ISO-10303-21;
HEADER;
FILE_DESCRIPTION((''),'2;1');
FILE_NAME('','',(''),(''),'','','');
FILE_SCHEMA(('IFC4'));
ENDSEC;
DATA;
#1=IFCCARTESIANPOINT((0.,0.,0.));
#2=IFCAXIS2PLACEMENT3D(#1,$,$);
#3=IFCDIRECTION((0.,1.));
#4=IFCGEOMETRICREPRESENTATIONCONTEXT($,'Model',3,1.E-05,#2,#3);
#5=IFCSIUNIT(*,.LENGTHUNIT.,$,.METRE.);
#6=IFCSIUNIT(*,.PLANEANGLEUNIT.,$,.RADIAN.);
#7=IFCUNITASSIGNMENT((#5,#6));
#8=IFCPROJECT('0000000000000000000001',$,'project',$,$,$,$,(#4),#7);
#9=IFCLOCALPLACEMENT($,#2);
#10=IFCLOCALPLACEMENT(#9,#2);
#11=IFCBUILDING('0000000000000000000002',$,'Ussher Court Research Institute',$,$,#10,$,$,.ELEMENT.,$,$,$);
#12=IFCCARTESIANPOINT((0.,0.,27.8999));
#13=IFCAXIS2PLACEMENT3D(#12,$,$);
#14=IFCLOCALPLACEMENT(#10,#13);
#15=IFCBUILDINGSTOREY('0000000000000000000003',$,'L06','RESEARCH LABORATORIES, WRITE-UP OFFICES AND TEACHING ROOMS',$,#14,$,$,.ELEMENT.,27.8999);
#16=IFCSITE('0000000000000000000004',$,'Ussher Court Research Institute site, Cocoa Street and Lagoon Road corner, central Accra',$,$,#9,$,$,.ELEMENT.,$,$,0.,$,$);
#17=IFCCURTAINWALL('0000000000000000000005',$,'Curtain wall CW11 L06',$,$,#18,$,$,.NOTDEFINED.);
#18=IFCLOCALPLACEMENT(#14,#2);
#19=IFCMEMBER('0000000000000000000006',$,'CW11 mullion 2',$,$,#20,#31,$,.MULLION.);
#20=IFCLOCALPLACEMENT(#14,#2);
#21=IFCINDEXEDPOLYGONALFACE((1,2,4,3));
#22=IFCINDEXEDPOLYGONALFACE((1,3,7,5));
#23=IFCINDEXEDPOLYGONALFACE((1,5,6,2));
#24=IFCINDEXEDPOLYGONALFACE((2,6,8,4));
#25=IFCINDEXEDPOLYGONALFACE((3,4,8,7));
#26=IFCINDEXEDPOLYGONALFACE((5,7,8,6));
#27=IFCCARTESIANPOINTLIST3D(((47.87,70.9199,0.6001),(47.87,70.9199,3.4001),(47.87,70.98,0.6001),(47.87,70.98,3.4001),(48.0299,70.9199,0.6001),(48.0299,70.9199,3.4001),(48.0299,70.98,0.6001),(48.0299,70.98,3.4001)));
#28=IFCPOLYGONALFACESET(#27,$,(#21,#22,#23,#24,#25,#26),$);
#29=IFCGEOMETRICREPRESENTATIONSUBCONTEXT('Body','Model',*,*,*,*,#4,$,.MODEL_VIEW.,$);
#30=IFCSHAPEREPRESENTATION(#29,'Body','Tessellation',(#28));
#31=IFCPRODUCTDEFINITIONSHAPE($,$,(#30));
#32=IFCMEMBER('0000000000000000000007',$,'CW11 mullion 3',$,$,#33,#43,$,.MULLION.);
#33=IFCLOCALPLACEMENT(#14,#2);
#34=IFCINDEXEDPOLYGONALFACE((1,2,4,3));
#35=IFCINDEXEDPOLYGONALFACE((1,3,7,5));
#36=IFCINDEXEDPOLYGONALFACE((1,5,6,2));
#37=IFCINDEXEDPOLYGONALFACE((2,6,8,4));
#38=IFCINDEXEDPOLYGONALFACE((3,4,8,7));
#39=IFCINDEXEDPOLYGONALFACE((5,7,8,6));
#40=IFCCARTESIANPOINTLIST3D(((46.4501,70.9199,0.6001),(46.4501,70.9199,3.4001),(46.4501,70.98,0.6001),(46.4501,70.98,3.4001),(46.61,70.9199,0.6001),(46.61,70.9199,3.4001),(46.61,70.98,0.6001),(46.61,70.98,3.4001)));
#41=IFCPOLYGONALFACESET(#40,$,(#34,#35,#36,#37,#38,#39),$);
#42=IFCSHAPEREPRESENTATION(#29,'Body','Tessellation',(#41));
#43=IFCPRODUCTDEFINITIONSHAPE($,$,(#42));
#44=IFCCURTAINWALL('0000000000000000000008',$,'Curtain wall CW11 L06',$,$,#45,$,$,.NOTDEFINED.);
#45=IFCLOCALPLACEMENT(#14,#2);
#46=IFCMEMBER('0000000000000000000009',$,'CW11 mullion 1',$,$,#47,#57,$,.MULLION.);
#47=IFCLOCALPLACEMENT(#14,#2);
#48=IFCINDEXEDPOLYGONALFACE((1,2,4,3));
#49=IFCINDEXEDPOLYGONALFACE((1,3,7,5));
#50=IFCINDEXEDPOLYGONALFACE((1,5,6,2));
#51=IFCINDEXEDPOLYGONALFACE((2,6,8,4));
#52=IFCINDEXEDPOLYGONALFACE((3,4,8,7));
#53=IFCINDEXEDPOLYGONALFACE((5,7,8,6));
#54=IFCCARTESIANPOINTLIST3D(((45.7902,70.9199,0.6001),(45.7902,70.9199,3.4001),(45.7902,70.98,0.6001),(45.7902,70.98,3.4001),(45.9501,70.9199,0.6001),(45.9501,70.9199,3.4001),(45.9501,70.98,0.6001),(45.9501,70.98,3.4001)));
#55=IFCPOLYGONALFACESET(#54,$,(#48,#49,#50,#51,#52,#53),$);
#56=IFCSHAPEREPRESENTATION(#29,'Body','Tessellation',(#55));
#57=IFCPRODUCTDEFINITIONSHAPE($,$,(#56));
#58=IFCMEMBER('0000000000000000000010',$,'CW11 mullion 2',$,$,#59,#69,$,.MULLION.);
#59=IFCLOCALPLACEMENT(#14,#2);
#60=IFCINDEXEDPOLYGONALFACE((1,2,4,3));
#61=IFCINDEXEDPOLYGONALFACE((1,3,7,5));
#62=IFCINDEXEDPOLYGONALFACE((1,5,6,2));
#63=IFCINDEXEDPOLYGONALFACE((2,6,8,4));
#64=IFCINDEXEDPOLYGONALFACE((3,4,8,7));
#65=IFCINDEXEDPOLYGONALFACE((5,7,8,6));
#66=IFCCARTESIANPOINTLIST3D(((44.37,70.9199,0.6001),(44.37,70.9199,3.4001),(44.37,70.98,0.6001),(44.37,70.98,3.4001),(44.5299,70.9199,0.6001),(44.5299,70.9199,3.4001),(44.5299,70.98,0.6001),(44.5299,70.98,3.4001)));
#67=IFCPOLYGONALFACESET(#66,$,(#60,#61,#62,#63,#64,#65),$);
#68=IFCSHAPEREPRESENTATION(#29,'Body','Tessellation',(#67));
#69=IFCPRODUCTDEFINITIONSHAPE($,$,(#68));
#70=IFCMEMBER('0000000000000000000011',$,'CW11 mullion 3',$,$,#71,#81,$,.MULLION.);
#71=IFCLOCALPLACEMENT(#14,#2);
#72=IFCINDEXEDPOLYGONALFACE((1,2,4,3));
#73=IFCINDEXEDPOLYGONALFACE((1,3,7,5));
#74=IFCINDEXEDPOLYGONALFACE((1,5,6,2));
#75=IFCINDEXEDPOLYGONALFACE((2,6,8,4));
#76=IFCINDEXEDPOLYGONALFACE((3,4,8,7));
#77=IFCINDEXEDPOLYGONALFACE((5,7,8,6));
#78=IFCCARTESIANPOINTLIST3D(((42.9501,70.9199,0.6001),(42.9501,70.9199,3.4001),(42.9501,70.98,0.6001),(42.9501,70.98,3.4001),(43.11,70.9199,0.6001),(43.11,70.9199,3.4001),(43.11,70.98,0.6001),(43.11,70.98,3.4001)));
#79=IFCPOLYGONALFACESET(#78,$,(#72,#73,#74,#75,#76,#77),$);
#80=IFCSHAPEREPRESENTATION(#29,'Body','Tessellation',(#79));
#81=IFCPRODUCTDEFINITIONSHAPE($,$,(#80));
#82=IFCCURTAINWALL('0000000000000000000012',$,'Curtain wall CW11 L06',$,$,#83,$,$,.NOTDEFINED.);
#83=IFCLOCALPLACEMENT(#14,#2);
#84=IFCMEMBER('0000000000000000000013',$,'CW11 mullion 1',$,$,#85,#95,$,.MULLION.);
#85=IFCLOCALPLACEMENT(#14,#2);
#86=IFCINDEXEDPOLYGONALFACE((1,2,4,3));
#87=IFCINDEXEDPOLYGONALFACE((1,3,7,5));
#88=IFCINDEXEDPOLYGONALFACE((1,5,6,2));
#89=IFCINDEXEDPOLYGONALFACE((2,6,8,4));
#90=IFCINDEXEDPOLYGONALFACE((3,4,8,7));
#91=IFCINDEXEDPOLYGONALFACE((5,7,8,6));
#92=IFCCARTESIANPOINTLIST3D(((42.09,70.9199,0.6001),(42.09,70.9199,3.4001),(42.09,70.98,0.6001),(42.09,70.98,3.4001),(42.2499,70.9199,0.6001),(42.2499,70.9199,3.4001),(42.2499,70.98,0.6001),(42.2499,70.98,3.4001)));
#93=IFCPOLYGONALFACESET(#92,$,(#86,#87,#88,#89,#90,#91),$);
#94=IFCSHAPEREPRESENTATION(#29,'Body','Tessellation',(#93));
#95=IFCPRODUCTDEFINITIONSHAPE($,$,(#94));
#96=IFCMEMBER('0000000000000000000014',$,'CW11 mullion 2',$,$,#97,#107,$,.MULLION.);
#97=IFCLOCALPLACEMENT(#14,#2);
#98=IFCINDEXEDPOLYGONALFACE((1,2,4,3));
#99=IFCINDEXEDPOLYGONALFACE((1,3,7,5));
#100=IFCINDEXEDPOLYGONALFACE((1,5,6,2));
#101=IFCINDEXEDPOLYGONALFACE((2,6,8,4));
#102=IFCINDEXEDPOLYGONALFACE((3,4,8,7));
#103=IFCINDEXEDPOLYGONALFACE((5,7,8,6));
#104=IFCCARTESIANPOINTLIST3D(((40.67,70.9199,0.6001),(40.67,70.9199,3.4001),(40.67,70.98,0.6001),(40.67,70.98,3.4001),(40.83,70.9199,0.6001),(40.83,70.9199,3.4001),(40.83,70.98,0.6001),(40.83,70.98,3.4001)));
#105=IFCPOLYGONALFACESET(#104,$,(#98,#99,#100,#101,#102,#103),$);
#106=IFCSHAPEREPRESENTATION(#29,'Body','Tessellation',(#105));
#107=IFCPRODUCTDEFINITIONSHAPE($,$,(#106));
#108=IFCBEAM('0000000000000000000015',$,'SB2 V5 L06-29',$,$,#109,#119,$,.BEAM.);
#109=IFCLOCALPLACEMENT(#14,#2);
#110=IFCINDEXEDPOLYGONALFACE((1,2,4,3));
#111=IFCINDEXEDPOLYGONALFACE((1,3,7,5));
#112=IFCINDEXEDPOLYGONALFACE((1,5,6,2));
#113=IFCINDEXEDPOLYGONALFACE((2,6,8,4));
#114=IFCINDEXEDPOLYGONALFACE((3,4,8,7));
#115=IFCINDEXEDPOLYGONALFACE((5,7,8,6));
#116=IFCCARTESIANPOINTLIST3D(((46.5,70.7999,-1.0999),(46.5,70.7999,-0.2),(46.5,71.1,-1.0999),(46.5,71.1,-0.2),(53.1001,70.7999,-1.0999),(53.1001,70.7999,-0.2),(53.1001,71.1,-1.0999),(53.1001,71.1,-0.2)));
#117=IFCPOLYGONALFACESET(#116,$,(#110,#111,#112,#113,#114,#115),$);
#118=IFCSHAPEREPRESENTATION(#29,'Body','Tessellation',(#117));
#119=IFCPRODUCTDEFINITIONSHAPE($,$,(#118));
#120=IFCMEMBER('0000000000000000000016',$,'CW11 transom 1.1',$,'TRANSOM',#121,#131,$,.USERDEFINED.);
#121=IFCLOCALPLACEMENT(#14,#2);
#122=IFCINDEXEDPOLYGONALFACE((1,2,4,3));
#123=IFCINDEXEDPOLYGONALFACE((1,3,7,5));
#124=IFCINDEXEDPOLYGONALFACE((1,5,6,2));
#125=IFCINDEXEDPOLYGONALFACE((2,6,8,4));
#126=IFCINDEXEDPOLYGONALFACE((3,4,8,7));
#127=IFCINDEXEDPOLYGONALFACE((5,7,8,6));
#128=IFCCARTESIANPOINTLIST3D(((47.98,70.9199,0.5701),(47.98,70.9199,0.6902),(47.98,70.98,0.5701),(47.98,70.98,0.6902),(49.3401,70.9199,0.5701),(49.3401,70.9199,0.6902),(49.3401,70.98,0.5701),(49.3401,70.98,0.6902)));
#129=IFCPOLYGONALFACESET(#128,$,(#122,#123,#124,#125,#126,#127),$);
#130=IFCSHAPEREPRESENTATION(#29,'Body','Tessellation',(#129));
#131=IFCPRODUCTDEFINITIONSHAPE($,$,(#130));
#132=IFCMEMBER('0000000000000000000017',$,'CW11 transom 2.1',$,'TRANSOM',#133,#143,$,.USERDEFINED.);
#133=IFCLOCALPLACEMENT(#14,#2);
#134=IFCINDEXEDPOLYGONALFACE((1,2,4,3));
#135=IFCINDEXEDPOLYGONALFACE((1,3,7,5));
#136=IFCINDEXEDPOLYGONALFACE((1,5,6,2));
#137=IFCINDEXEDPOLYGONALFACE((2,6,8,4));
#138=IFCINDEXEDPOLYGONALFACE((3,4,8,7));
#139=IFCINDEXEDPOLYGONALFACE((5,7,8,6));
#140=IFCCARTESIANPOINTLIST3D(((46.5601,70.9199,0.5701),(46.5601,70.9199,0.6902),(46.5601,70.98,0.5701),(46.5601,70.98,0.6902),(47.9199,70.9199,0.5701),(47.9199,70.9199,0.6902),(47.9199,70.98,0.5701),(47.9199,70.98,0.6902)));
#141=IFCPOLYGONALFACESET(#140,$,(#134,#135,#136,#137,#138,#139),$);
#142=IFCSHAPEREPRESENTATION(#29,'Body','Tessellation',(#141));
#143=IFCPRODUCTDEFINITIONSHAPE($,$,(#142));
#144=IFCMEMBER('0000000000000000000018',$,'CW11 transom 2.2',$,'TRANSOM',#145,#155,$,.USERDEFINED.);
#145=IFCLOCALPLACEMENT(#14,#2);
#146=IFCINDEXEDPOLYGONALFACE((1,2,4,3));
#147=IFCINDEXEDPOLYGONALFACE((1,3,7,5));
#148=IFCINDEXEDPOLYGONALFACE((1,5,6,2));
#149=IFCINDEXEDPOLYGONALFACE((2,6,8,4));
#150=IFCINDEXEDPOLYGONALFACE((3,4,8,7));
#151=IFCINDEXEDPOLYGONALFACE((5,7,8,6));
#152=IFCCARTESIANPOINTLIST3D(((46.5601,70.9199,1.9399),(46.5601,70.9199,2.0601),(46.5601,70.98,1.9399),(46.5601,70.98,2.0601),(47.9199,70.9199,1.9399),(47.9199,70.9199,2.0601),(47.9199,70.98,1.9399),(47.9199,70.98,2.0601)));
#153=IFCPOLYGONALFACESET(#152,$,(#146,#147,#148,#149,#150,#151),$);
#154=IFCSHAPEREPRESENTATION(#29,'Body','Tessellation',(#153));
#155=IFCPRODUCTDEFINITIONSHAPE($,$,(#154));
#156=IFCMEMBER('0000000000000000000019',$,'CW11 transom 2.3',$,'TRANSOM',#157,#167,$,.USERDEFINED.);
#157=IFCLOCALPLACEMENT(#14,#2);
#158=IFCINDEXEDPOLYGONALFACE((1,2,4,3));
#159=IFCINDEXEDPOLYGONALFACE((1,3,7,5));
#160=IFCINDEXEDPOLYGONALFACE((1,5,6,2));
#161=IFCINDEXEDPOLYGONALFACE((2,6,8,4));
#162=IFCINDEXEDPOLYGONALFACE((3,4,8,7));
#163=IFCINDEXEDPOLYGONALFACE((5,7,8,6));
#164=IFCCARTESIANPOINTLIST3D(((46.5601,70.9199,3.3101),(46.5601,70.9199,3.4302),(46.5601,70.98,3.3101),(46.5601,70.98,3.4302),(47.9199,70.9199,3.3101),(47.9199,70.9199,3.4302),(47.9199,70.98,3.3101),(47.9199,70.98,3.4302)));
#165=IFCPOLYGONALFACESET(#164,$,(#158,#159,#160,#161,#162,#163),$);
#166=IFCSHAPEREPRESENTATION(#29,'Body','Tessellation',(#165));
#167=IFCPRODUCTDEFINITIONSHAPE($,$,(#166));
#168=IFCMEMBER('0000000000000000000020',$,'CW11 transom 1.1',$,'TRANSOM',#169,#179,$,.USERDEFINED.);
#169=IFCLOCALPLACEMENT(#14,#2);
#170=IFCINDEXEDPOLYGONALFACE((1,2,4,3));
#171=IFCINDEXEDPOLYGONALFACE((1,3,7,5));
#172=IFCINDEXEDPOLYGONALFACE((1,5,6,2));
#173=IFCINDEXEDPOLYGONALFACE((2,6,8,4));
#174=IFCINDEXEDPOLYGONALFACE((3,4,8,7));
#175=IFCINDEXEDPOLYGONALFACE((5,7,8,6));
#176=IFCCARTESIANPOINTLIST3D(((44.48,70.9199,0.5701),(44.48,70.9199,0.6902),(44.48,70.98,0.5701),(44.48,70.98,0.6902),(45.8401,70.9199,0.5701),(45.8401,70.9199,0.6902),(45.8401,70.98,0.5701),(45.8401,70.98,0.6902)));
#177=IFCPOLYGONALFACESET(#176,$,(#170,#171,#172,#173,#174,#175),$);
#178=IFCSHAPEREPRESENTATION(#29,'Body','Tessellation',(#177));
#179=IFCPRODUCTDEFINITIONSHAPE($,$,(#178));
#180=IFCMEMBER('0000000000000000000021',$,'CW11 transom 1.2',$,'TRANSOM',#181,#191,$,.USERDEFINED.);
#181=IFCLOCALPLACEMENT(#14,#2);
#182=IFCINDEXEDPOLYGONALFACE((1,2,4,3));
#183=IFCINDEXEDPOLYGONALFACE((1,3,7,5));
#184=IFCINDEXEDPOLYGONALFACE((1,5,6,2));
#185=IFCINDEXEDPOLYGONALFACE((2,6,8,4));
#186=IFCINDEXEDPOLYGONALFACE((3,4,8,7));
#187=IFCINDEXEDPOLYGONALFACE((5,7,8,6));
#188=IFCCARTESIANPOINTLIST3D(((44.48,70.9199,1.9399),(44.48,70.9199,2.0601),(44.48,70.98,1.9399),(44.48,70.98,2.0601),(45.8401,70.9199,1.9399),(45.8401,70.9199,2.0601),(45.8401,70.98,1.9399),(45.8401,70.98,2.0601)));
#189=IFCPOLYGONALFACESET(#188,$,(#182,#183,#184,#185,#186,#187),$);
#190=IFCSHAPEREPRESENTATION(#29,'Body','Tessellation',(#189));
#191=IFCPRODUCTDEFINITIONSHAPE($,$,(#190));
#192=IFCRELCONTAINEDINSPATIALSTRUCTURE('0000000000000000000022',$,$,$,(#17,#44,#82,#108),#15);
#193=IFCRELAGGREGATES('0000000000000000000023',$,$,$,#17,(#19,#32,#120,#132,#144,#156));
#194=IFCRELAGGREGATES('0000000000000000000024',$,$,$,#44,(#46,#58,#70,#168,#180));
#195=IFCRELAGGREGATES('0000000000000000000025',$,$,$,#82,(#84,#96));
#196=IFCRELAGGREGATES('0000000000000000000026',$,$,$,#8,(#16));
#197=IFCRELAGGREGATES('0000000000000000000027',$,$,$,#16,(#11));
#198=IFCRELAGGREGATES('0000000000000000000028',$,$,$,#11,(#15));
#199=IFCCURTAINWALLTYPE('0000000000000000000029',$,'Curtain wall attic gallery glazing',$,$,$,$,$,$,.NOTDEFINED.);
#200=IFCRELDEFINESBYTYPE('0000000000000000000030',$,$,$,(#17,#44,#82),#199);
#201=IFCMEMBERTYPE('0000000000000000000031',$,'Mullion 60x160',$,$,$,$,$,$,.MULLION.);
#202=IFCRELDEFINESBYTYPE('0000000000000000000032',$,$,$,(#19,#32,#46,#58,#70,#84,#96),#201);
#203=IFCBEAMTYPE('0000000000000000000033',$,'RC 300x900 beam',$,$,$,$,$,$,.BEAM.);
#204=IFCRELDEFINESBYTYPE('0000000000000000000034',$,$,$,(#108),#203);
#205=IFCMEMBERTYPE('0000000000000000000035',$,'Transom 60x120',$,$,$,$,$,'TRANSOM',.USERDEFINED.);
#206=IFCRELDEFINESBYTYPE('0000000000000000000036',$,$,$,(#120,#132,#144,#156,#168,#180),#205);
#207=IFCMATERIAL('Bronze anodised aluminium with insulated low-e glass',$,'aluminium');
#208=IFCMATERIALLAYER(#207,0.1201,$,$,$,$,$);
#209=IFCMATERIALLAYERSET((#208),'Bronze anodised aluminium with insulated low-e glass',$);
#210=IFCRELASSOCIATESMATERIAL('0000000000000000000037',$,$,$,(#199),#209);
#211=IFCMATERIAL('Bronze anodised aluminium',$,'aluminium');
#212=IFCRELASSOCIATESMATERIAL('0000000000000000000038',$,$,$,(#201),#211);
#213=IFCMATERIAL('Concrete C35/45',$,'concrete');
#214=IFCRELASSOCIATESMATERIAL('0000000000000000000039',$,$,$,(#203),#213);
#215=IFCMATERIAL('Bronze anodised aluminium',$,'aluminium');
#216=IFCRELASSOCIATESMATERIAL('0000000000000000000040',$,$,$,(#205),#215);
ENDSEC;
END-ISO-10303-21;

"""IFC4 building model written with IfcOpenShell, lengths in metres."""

from ifc_helpers import new_model, si_unit, direction, frame, origin, origin_2d, place, context, subcontext, project, spatial, rectangle, extrude, material, layer, layer_set, material_profile, profile_set, type_object, element, aggregate, save


model = new_model("IFC4")

# Units and contexts
model_context = context("Model", 3, precision=1e-05, world=origin(), true_north=direction((0.0, 1.0)))
body_context = subcontext(model_context, "Body", "Model", "MODEL_VIEW")
ifc_project = project(units=[si_unit("LENGTHUNIT", "METRE"), si_unit("PLANEANGLEUNIT", "RADIAN")], contexts=[model_context])

# Site, building, storey
site_placement = place(None, origin())
site = spatial("IfcSite", under=ifc_project, at=site_placement, Name="Ussher Court Research Institute site, Cocoa Street and Lagoon Road corner, central Accra", CompositionType="ELEMENT", RefElevation=0.0)
building_placement = place(site_placement, origin())
building = spatial("IfcBuilding", under=site, at=building_placement, Name="Ussher Court Research Institute", CompositionType="ELEMENT")
storey_placement = place(building_placement, frame((0.0, 0.0, 27.8999)))
storey = spatial("IfcBuildingStorey", under=building, at=storey_placement, Name="L06", Description="RESEARCH LABORATORIES, WRITE-UP OFFICES AND TEACHING ROOMS", CompositionType="ELEMENT", Elevation=27.8999)

# Curtain walls, members
ifc_material_1 = material(Name="Bronze anodised aluminium with insulated low-e glass", Category="aluminium")
ifc_layer_1 = layer(ifc_material_1, 0.1201)
ifc_layer_set_1 = layer_set([ifc_layer_1], Name="Bronze anodised aluminium with insulated low-e glass")
curtain_wall_type = type_object("IfcCurtainWallType", Name="Curtain wall attic gallery glazing", PredefinedType="NOTDEFINED", material=ifc_layer_set_1)
curtain_wall_1_placement = place(storey_placement, origin())
curtain_wall_1 = element("IfcCurtainWall", 1, at=curtain_wall_1_placement, inside=storey, type_object=curtain_wall_type, Name="Curtain wall CW11 L06", PredefinedType="NOTDEFINED")
ifc_material_2 = material(Name="Bronze anodised aluminium", Category="aluminium")
ifc_material_profile_1 = material_profile(ifc_material_2, rectangle(XDim=0.0601, YDim=0.1599, at=origin_2d()), Name="Mullion 60x160")
ifc_profile_set_1 = profile_set([ifc_material_profile_1], Name="Bronze anodised aluminium")
member_type_1 = type_object("IfcMemberType", Name="Mullion 60x160", PredefinedType="MULLION", material=ifc_profile_set_1)
member_1_placement = place(storey_placement, frame((47.95, 70.95, 0.6001), z_axis=(0.0, 0.0, 1.0), x_axis=(0.0, -1.0, 0.0)))
member_1 = element("IfcMember", 2, at=member_1_placement, type_object=member_type_1, Name="CW11 mullion 2", PredefinedType="MULLION", context=body_context, shape_type="SweptSolid", body=[
    extrude(rectangle(XDim=0.0601, YDim=0.1599, at=origin_2d()), origin(), (0.0, 0.0, 1.0), 2.8),
])
member_2_placement = place(storey_placement, frame((46.53, 70.95, 0.6001), z_axis=(0.0, 0.0, 1.0), x_axis=(0.0, -1.0, 0.0)))
member_2 = element("IfcMember", 3, at=member_2_placement, type_object=member_type_1, Name="CW11 mullion 3", PredefinedType="MULLION", context=body_context, shape_type="SweptSolid", body=[
    extrude(rectangle(XDim=0.0601, YDim=0.1599, at=origin_2d()), origin(), (0.0, 0.0, 1.0), 2.8),
])
curtain_wall_2_placement = place(storey_placement, origin())
curtain_wall_2 = element("IfcCurtainWall", 4, at=curtain_wall_2_placement, inside=storey, type_object=curtain_wall_type, Name="Curtain wall CW11 L06", PredefinedType="NOTDEFINED")
member_3_placement = place(storey_placement, frame((45.8701, 70.95, 0.6001), z_axis=(0.0, 0.0, 1.0), x_axis=(0.0, -1.0, 0.0)))
member_3 = element("IfcMember", 5, at=member_3_placement, type_object=member_type_1, Name="CW11 mullion 1", PredefinedType="MULLION", context=body_context, shape_type="SweptSolid", body=[
    extrude(rectangle(XDim=0.0601, YDim=0.1599, at=origin_2d()), origin(), (0.0, 0.0, 1.0), 2.8),
])
member_4_placement = place(storey_placement, frame((44.45, 70.95, 0.6001), z_axis=(0.0, 0.0, 1.0), x_axis=(0.0, -1.0, 0.0)))
member_4 = element("IfcMember", 6, at=member_4_placement, type_object=member_type_1, Name="CW11 mullion 2", PredefinedType="MULLION", context=body_context, shape_type="SweptSolid", body=[
    extrude(rectangle(XDim=0.0601, YDim=0.1599, at=origin_2d()), origin(), (0.0, 0.0, 1.0), 2.8),
])
member_5_placement = place(storey_placement, frame((43.03, 70.95, 0.6001), z_axis=(0.0, 0.0, 1.0), x_axis=(0.0, -1.0, 0.0)))
member_5 = element("IfcMember", 7, at=member_5_placement, type_object=member_type_1, Name="CW11 mullion 3", PredefinedType="MULLION", context=body_context, shape_type="SweptSolid", body=[
    extrude(rectangle(XDim=0.0601, YDim=0.1599, at=origin_2d()), origin(), (0.0, 0.0, 1.0), 2.8),
])
curtain_wall_3_placement = place(storey_placement, origin())
curtain_wall_3 = element("IfcCurtainWall", 8, at=curtain_wall_3_placement, inside=storey, type_object=curtain_wall_type, Name="Curtain wall CW11 L06", PredefinedType="NOTDEFINED")
member_6_placement = place(storey_placement, frame((42.1699, 70.95, 0.6001), z_axis=(0.0, 0.0, 1.0), x_axis=(0.0, -1.0, 0.0)))
member_6 = element("IfcMember", 9, at=member_6_placement, type_object=member_type_1, Name="CW11 mullion 1", PredefinedType="MULLION", context=body_context, shape_type="SweptSolid", body=[
    extrude(rectangle(XDim=0.0601, YDim=0.1599, at=origin_2d()), origin(), (0.0, 0.0, 1.0), 2.8),
])
member_7_placement = place(storey_placement, frame((40.75, 70.95, 0.6001), z_axis=(0.0, 0.0, 1.0), x_axis=(0.0, -1.0, 0.0)))
member_7 = element("IfcMember", 10, at=member_7_placement, type_object=member_type_1, Name="CW11 mullion 2", PredefinedType="MULLION", context=body_context, shape_type="SweptSolid", body=[
    extrude(rectangle(XDim=0.0601, YDim=0.1599, at=origin_2d()), origin(), (0.0, 0.0, 1.0), 2.8),
])

# Beam
ifc_material_3 = material(Name="Concrete C35/45", Category="concrete")
ifc_material_profile_2 = material_profile(ifc_material_3, rectangle(XDim=0.3, YDim=0.8999, at=origin_2d()), Name="RC 300x900")
ifc_profile_set_2 = profile_set([ifc_material_profile_2], Name="Concrete C35/45")
beam_type = type_object("IfcBeamType", Name="RC 300x900 beam", PredefinedType="BEAM", material=ifc_profile_set_2)
beam_placement = place(storey_placement, frame((46.5, 70.95, -0.6499), z_axis=(1.0, 0.0, 0.0), x_axis=(0.0, 1.0, 0.0)))
element("IfcBeam", 11, at=beam_placement, inside=storey, type_object=beam_type, Name="SB2 V5 L06-29", PredefinedType="BEAM", context=body_context, shape_type="SweptSolid", body=[
    extrude(rectangle(XDim=0.3, YDim=0.8999, at=origin_2d()), origin(), (0.0, 0.0, 1.0), 6.6001),
])

# Members
ifc_material_4 = material(Name="Bronze anodised aluminium", Category="aluminium")
ifc_material_profile_3 = material_profile(ifc_material_4, rectangle(XDim=0.0601, YDim=0.1201, at=origin_2d()), Name="Transom 60x120")
ifc_profile_set_3 = profile_set([ifc_material_profile_3], Name="Bronze anodised aluminium")
member_type_2 = type_object("IfcMemberType", Name="Transom 60x120", ElementType="TRANSOM", PredefinedType="USERDEFINED", material=ifc_profile_set_3)
member_8_placement = place(storey_placement, frame((49.3401, 70.95, 0.6301), z_axis=(-1.0, 0.0, 0.0), x_axis=(0.0, -1.0, 0.0)))
member_8 = element("IfcMember", 12, at=member_8_placement, type_object=member_type_2, Name="CW11 transom 1.1", ObjectType="TRANSOM", PredefinedType="USERDEFINED", context=body_context, shape_type="SweptSolid", body=[
    extrude(rectangle(XDim=0.0601, YDim=0.1201, at=origin_2d()), origin(), (0.0, 0.0, 1.0), 1.3601),
])
member_9_placement = place(storey_placement, frame((47.9199, 70.95, 0.6301), z_axis=(-1.0, 0.0, 0.0), x_axis=(0.0, -1.0, 0.0)))
member_9 = element("IfcMember", 13, at=member_9_placement, type_object=member_type_2, Name="CW11 transom 2.1", ObjectType="TRANSOM", PredefinedType="USERDEFINED", context=body_context, shape_type="SweptSolid", body=[
    extrude(rectangle(XDim=0.0601, YDim=0.1201, at=origin_2d()), origin(), (0.0, 0.0, 1.0), 1.3599),
])
member_10_placement = place(storey_placement, frame((47.9199, 70.95, 2.0), z_axis=(-1.0, 0.0, 0.0), x_axis=(0.0, -1.0, 0.0)))
member_10 = element("IfcMember", 14, at=member_10_placement, type_object=member_type_2, Name="CW11 transom 2.2", ObjectType="TRANSOM", PredefinedType="USERDEFINED", context=body_context, shape_type="SweptSolid", body=[
    extrude(rectangle(XDim=0.0601, YDim=0.1201, at=origin_2d()), origin(), (0.0, 0.0, 1.0), 1.3599),
])
member_11_placement = place(storey_placement, frame((47.9199, 70.95, 3.3701), z_axis=(-1.0, 0.0, 0.0), x_axis=(0.0, -1.0, 0.0)))
member_11 = element("IfcMember", 15, at=member_11_placement, type_object=member_type_2, Name="CW11 transom 2.3", ObjectType="TRANSOM", PredefinedType="USERDEFINED", context=body_context, shape_type="SweptSolid", body=[
    extrude(rectangle(XDim=0.0601, YDim=0.1201, at=origin_2d()), origin(), (0.0, 0.0, 1.0), 1.3599),
])
member_12_placement = place(storey_placement, frame((45.8401, 70.95, 0.6301), z_axis=(-1.0, 0.0, 0.0), x_axis=(0.0, -1.0, 0.0)))
member_12 = element("IfcMember", 16, at=member_12_placement, type_object=member_type_2, Name="CW11 transom 1.1", ObjectType="TRANSOM", PredefinedType="USERDEFINED", context=body_context, shape_type="SweptSolid", body=[
    extrude(rectangle(XDim=0.0601, YDim=0.1201, at=origin_2d()), origin(), (0.0, 0.0, 1.0), 1.3601),
])
member_13_placement = place(storey_placement, frame((45.8401, 70.95, 2.0), z_axis=(-1.0, 0.0, 0.0), x_axis=(0.0, -1.0, 0.0)))
member_13 = element("IfcMember", 17, at=member_13_placement, type_object=member_type_2, Name="CW11 transom 1.2", ObjectType="TRANSOM", PredefinedType="USERDEFINED", context=body_context, shape_type="SweptSolid", body=[
    extrude(rectangle(XDim=0.0601, YDim=0.1201, at=origin_2d()), origin(), (0.0, 0.0, 1.0), 1.3601),
])

aggregate(curtain_wall_1, [member_1, member_2, member_8, member_9, member_10, member_11])
aggregate(curtain_wall_2, [member_3, member_4, member_5, member_12, member_13])
aggregate(curtain_wall_3, [member_6, member_7])

save(model, "model.ifc")
